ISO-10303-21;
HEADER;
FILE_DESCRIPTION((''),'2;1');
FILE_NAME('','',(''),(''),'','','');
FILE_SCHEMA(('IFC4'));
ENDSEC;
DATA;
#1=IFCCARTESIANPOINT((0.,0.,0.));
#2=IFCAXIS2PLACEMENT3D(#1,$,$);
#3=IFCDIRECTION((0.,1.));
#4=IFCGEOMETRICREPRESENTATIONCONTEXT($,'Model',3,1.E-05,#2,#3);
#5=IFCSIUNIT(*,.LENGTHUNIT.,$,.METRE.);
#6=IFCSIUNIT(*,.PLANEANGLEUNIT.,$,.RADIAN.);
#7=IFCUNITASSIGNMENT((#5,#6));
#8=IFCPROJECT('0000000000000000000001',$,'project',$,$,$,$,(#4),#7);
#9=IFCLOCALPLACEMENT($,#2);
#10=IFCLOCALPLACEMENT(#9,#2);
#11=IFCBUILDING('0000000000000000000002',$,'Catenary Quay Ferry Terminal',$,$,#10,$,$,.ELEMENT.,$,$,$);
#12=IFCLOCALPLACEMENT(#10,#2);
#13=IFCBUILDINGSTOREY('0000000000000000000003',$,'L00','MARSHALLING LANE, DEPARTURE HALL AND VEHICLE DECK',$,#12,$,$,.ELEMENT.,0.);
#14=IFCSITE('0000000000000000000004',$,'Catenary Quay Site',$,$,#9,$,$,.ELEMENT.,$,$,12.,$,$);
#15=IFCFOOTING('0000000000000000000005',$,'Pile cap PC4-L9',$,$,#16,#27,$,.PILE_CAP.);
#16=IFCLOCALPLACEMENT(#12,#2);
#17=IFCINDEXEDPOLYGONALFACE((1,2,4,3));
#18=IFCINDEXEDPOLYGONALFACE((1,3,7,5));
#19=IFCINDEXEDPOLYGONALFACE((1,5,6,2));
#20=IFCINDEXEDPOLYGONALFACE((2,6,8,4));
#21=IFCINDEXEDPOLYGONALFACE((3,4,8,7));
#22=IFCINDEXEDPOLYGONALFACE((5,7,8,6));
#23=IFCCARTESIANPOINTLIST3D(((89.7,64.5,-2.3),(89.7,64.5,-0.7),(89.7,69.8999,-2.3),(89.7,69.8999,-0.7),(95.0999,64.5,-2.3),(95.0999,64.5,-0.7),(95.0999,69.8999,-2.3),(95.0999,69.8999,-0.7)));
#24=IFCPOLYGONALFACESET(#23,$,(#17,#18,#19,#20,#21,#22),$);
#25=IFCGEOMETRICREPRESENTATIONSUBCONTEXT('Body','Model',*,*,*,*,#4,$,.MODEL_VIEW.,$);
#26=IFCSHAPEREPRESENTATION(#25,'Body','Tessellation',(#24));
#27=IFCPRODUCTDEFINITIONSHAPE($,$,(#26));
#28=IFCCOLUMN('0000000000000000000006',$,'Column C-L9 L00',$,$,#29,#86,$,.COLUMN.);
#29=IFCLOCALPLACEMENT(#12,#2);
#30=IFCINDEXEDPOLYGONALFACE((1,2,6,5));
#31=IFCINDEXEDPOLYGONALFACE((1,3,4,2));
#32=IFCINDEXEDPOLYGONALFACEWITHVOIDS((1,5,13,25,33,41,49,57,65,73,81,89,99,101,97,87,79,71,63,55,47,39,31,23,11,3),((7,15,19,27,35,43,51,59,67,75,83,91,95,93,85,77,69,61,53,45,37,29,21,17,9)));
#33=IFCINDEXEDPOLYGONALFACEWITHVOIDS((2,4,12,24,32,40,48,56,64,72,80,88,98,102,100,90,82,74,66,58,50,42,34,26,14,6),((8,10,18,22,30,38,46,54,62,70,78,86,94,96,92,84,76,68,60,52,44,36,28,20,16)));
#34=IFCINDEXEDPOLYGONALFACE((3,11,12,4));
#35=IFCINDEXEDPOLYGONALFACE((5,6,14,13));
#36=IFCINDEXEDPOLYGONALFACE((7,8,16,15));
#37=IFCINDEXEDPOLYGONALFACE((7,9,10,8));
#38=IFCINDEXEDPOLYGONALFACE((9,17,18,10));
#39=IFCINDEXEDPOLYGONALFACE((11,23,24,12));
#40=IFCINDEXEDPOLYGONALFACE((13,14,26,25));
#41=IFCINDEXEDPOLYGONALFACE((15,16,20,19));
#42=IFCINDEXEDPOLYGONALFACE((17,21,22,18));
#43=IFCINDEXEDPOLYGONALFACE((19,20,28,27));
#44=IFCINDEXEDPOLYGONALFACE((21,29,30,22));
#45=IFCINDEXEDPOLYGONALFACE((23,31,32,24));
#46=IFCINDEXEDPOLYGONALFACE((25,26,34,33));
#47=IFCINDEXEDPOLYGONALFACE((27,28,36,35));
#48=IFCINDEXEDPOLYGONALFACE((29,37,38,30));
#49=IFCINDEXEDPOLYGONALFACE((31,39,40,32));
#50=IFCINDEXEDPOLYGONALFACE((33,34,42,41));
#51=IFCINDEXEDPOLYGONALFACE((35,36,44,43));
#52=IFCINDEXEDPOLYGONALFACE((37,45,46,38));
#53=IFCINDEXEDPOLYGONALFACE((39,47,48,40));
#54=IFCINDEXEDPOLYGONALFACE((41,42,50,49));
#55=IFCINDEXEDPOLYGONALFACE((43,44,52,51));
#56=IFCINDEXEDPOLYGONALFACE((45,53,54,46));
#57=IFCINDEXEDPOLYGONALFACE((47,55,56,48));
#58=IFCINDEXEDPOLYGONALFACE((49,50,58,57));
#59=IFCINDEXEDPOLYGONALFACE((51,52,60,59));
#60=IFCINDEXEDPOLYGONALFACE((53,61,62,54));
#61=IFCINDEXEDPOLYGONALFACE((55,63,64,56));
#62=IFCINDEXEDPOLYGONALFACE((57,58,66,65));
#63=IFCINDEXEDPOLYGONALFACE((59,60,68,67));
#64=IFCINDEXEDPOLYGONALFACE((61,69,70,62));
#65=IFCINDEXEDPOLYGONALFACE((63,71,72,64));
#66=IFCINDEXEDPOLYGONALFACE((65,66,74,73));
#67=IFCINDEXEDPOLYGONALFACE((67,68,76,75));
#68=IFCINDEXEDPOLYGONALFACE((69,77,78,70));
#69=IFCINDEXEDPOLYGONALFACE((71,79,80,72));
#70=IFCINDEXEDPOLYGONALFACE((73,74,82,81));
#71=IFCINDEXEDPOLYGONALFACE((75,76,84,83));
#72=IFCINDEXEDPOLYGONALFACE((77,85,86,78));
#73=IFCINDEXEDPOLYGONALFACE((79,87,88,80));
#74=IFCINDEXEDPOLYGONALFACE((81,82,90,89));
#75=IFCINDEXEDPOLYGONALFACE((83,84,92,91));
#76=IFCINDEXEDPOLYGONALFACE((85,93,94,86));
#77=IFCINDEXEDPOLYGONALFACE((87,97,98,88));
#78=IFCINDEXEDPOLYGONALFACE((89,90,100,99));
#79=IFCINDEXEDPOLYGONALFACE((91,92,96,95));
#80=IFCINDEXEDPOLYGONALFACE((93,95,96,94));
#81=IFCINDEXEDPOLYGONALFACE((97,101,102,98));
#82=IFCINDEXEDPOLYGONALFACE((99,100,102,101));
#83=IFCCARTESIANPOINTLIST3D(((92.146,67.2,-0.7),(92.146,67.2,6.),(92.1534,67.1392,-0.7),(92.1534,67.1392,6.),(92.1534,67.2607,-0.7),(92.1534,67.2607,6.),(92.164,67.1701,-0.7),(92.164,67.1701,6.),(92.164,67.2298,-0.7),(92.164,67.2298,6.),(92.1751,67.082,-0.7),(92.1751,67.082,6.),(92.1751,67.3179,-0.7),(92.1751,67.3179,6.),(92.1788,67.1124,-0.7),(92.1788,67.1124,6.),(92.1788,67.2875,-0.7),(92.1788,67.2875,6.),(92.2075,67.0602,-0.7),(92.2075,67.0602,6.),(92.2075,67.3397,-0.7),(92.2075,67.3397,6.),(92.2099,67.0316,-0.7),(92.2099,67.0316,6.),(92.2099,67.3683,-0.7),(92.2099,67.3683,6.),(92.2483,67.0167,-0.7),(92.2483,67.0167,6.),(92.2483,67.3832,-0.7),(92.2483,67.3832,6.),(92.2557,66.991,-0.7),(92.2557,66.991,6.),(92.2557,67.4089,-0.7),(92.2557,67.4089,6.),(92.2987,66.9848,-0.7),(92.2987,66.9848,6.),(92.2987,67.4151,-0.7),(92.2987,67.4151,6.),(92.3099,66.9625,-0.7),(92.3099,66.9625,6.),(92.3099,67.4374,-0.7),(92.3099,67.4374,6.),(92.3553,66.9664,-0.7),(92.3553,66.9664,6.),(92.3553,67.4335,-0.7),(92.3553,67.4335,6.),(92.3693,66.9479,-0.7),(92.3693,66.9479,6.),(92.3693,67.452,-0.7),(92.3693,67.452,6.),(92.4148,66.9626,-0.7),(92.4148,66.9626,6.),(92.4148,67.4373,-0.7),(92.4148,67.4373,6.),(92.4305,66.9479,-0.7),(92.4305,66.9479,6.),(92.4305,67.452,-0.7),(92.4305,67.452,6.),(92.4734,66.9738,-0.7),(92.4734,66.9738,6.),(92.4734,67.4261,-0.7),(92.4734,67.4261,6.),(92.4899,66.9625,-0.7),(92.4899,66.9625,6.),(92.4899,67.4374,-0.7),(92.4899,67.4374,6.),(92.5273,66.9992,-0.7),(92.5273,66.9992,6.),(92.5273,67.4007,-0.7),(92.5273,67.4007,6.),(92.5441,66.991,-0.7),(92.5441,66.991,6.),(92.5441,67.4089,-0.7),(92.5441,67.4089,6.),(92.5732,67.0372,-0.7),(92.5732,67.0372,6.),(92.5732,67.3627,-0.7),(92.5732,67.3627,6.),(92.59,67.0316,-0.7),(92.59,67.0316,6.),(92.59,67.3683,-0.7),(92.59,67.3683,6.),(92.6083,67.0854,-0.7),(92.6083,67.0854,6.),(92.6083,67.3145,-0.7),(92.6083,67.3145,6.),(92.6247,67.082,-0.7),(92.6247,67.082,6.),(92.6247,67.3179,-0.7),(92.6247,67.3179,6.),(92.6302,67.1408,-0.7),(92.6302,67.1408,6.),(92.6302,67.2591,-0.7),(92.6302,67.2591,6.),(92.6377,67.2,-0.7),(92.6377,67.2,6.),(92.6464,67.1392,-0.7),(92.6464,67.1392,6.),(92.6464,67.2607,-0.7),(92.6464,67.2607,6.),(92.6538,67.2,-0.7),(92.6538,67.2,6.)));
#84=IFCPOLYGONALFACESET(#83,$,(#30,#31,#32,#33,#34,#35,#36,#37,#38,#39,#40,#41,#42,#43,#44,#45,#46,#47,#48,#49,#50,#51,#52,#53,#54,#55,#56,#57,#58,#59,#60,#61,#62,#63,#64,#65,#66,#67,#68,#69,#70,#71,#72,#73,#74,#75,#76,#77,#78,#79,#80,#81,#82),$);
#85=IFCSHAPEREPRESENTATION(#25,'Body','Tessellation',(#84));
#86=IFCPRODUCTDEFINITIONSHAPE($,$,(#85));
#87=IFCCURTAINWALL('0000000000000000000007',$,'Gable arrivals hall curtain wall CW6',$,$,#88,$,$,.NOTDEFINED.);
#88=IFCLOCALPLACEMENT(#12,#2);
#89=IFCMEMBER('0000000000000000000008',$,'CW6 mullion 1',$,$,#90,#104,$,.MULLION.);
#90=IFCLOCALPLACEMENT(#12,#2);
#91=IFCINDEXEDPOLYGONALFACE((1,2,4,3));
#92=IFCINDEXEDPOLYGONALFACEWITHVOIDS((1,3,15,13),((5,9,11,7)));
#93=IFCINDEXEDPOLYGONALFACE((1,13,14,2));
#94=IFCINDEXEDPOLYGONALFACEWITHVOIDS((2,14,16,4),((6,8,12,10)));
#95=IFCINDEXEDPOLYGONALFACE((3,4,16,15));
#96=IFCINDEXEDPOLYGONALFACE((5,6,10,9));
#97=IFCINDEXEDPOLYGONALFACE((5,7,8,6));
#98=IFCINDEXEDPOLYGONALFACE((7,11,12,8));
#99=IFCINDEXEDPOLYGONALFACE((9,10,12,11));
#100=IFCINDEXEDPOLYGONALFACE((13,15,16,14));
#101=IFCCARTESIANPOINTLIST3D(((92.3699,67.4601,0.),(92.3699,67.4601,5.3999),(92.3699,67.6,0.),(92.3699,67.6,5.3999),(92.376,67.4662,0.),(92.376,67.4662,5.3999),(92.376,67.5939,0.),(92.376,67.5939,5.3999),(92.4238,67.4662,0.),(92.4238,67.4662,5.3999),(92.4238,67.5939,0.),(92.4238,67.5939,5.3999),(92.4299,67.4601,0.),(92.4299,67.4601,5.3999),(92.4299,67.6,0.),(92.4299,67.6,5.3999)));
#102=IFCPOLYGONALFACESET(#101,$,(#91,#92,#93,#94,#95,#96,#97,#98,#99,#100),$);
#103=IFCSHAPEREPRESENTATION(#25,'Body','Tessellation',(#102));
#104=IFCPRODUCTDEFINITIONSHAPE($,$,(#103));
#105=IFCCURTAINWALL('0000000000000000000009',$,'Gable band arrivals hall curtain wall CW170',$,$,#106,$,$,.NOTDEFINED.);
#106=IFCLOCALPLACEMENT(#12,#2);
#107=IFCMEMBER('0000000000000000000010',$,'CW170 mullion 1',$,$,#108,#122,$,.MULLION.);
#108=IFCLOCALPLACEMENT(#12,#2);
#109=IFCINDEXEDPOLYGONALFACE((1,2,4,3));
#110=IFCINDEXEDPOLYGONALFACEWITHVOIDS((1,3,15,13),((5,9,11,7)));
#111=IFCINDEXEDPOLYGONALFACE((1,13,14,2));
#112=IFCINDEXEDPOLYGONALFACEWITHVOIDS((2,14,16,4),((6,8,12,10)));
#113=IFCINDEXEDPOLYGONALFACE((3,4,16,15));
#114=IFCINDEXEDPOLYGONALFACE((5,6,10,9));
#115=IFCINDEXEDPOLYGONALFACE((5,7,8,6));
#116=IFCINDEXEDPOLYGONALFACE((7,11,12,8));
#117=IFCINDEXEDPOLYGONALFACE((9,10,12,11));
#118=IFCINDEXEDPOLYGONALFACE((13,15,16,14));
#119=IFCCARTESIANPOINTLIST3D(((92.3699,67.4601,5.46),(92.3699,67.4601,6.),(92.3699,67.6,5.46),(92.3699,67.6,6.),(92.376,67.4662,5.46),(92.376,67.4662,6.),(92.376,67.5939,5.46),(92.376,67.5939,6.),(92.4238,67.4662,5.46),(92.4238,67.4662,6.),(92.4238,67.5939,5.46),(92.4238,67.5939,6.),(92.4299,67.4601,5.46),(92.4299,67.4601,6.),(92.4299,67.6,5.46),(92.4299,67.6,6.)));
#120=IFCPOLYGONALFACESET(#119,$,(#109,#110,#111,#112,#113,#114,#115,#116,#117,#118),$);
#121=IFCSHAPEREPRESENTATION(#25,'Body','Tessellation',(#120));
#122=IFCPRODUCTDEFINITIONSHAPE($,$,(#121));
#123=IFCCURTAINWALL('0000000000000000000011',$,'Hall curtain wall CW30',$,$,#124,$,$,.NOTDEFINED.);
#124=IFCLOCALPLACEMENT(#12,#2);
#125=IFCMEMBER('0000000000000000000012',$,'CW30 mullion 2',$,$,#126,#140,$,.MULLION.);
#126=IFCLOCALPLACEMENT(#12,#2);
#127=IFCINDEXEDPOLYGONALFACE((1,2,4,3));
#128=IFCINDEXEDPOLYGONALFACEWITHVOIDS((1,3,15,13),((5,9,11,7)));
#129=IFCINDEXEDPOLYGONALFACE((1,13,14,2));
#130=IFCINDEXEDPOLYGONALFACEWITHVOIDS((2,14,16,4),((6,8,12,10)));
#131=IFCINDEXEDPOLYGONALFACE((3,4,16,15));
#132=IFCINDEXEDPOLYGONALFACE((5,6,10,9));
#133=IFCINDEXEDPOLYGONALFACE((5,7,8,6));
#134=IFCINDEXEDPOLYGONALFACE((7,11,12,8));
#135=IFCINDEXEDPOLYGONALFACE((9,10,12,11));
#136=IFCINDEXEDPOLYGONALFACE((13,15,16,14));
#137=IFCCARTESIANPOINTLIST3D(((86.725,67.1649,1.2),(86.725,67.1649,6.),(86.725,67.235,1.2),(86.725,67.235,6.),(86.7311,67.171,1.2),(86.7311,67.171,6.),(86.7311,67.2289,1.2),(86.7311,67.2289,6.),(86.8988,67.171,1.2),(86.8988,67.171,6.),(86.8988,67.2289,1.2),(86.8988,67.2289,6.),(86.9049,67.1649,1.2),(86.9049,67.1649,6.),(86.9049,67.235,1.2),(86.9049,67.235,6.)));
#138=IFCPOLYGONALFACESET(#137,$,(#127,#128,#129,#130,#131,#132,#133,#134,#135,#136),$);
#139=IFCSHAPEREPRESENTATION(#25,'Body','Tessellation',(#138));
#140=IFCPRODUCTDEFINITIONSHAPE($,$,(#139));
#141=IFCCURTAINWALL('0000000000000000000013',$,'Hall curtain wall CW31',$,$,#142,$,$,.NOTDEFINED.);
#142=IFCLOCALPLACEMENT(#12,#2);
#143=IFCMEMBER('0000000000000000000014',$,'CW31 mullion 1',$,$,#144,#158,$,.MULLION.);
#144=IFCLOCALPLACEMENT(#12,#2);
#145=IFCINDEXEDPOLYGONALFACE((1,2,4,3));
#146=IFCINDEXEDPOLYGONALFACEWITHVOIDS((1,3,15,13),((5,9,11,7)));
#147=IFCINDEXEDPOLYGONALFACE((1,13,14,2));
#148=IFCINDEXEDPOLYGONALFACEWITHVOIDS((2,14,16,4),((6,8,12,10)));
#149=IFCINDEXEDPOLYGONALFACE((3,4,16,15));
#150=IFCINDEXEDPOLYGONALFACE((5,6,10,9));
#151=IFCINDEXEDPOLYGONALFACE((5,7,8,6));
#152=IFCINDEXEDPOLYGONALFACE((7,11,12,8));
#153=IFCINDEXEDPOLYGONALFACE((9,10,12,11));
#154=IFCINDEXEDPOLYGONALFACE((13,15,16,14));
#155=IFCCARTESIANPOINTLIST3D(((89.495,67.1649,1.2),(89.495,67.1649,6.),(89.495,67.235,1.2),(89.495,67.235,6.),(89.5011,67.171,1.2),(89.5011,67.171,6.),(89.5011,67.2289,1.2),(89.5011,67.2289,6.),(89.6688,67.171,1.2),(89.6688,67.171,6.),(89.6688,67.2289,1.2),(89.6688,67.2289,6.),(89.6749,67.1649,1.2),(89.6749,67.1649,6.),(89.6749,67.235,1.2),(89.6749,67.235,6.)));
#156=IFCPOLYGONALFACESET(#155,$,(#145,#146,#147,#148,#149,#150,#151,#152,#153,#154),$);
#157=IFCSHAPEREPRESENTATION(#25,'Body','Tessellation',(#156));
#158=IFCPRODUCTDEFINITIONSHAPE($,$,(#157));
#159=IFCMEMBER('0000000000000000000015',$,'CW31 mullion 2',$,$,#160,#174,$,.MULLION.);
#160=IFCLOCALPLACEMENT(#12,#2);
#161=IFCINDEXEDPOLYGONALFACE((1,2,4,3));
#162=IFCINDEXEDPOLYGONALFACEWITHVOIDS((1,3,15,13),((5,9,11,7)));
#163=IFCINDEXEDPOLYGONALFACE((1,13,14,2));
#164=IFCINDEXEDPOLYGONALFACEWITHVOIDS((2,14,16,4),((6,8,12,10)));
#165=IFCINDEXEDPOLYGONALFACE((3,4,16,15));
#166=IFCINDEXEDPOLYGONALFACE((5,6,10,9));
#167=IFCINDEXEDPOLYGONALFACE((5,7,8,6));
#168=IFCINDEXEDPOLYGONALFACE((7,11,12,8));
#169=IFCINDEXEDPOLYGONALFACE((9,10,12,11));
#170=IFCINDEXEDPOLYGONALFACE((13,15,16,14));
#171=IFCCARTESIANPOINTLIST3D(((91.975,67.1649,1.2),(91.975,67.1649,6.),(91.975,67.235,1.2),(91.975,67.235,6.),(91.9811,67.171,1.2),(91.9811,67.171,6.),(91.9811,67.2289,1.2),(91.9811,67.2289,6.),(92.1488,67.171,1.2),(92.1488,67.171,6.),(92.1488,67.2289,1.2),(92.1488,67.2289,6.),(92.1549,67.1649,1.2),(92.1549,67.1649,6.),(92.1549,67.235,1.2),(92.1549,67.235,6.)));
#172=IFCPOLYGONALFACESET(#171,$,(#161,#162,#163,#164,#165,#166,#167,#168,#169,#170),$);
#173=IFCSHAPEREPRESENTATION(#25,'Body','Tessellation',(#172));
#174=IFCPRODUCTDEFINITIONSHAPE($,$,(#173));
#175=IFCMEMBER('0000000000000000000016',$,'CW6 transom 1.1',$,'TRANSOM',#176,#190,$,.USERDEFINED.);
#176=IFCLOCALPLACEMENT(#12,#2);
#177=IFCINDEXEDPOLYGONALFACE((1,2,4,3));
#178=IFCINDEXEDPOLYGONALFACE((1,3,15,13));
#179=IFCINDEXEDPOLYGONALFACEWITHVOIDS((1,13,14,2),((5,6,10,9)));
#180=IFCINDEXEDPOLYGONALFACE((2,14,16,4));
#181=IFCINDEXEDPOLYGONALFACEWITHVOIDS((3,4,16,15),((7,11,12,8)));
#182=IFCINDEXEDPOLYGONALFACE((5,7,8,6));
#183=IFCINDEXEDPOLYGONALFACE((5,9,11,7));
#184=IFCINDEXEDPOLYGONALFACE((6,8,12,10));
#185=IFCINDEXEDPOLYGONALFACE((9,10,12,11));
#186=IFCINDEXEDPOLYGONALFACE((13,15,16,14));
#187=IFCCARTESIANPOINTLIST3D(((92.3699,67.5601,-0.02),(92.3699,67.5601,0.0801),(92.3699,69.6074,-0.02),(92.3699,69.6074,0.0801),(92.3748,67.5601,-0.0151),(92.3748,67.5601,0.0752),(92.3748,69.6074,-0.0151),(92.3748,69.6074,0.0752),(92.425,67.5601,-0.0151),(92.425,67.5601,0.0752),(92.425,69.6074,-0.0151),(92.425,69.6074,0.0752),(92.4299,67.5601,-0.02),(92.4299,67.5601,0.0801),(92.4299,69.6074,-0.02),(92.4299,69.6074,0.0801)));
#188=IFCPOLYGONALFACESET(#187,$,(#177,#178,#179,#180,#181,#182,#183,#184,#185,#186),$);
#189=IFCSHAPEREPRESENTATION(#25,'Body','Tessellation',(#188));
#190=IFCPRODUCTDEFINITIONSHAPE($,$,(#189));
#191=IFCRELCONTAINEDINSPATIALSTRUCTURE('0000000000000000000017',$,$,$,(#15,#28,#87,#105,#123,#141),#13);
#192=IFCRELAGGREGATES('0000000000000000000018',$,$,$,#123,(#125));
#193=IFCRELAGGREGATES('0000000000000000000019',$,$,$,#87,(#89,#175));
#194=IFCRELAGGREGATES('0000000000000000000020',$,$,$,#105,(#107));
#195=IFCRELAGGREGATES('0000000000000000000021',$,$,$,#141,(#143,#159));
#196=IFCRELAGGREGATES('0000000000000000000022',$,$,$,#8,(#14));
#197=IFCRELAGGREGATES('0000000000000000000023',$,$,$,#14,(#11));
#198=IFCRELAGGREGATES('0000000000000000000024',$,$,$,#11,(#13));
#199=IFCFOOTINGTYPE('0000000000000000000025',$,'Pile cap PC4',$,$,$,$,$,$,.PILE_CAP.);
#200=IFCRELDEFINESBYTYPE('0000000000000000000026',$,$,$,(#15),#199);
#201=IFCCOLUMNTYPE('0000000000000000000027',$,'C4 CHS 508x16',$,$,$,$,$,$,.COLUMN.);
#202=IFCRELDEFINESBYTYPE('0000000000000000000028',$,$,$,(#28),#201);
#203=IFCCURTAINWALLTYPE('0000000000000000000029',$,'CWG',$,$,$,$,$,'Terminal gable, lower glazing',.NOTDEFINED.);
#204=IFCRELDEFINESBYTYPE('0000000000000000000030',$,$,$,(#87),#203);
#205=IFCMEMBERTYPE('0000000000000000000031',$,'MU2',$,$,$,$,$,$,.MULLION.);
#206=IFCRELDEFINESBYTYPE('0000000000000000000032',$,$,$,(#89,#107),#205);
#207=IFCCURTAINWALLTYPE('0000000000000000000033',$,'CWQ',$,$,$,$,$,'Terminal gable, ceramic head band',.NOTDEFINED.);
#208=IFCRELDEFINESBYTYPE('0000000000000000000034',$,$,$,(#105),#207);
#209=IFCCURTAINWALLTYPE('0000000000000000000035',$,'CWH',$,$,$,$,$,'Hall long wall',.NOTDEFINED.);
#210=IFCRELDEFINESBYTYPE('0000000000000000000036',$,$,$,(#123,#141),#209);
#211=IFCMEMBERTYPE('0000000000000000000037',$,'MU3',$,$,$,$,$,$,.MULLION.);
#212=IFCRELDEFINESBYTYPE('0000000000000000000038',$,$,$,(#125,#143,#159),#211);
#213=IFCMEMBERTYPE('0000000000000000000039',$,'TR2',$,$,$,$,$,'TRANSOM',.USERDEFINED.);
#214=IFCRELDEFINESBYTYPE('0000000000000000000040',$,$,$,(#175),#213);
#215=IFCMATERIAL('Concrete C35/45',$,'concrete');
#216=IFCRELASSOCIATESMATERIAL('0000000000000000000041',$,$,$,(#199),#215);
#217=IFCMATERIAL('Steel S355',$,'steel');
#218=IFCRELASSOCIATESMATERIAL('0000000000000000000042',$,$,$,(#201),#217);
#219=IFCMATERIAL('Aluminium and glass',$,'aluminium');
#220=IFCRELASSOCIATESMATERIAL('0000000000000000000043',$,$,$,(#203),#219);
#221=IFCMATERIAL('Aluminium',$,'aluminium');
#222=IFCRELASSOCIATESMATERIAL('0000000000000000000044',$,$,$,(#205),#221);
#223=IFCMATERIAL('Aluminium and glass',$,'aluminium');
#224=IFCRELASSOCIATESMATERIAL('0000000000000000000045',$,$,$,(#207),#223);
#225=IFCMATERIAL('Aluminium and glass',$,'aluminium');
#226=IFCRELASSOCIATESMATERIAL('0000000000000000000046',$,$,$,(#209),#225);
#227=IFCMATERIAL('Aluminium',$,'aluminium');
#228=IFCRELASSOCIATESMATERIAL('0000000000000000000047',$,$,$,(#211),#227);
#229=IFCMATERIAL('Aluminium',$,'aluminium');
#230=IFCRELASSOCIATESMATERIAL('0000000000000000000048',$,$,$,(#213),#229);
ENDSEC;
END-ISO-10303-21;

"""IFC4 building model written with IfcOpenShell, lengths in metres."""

from ifc_helpers import new_model, si_unit, direction, frame, origin, origin_2d, place, context, subcontext, project, spatial, rectangle, hollow_rectangle, hollow_circle, extrude, material, material_profile, profile_set, type_object, element, aggregate, save


model = new_model("IFC4")

# Units and contexts
model_context = context("Model", 3, precision=1e-05, world=origin(), true_north=direction((0.0, 1.0)))
body_context = subcontext(model_context, "Body", "Model", "MODEL_VIEW")
ifc_project = project(units=[si_unit("LENGTHUNIT", "METRE"), si_unit("PLANEANGLEUNIT", "RADIAN")], contexts=[model_context])

# Site, building, storey
site_placement = place(None, origin())
site = spatial("IfcSite", under=ifc_project, at=site_placement, Name="Catenary Quay Site", CompositionType="ELEMENT", RefElevation=12.0)
building_placement = place(site_placement, origin())
building = spatial("IfcBuilding", under=site, at=building_placement, Name="Catenary Quay Ferry Terminal", CompositionType="ELEMENT")
storey_placement = place(building_placement, origin())
storey = spatial("IfcBuildingStorey", under=building, at=storey_placement, Name="L00", Description="MARSHALLING LANE, DEPARTURE HALL AND VEHICLE DECK", CompositionType="ELEMENT", Elevation=0.0)

# Footing
ifc_material_1 = material(Name="Concrete C35/45", Category="concrete")
footing_type = type_object("IfcFootingType", Name="Pile cap PC4", PredefinedType="PILE_CAP", material=ifc_material_1)
footing_placement = place(storey_placement, frame((92.3999, 67.2, -2.3), z_axis=(0.0, 0.0, 1.0), x_axis=(1.0, 0.0, 0.0)))
element("IfcFooting", 1, at=footing_placement, inside=storey, type_object=footing_type, Name="Pile cap PC4-L9", PredefinedType="PILE_CAP", context=body_context, shape_type="SweptSolid", body=[
    extrude(rectangle(XDim=5.3999, YDim=5.3999, at=origin_2d()), origin(), (0.0, 0.0, 1.0), 1.6001),
])

# Column
ifc_material_2 = material(Name="Steel S355", Category="steel")
ifc_material_profile_1 = material_profile(ifc_material_2, hollow_circle(Radius=0.2539, WallThickness=0.0161, at=origin_2d()), Name="CHS 508x16")
ifc_profile_set_1 = profile_set([ifc_material_profile_1], Name="Steel S355")
column_type = type_object("IfcColumnType", Name="C4 CHS 508x16", PredefinedType="COLUMN", material=ifc_profile_set_1)
column_placement = place(storey_placement, frame((92.3999, 67.2, -0.7), z_axis=(0.0, 0.0, 1.0), x_axis=(1.0, 0.0, 0.0)))
element("IfcColumn", 2, at=column_placement, inside=storey, type_object=column_type, Name="Column C-L9 L00", PredefinedType="COLUMN", context=body_context, shape_type="SweptSolid", body=[
    extrude(hollow_circle(Radius=0.2539, WallThickness=0.0161, at=origin_2d()), origin(), (0.0, 0.0, 1.0), 6.7),
])

# Curtain walls, members
ifc_material_3 = material(Name="Aluminium and glass", Category="aluminium")
curtain_wall_type_1 = type_object("IfcCurtainWallType", Name="CWG", ElementType="Terminal gable, lower glazing", PredefinedType="NOTDEFINED", material=ifc_material_3)
curtain_wall_1_placement = place(storey_placement, origin())
curtain_wall_1 = element("IfcCurtainWall", 3, at=curtain_wall_1_placement, inside=storey, type_object=curtain_wall_type_1, Name="Gable arrivals hall curtain wall CW6", PredefinedType="NOTDEFINED")
ifc_material_4 = material(Name="Aluminium", Category="aluminium")
ifc_material_profile_2 = material_profile(ifc_material_4, hollow_rectangle(XDim=0.0601, YDim=0.1399, WallThickness=0.0061, at=origin_2d()), Name="MU2")
ifc_profile_set_2 = profile_set([ifc_material_profile_2], Name="Aluminium")
member_type_1 = type_object("IfcMemberType", Name="MU2", PredefinedType="MULLION", material=ifc_profile_set_2)
member_1_placement = place(storey_placement, frame((92.3999, 67.53, 0.0), z_axis=(0.0, 0.0, 1.0), x_axis=(-1.0, 0.0, 0.0)))
member_1 = element("IfcMember", 4, at=member_1_placement, type_object=member_type_1, Name="CW6 mullion 1", PredefinedType="MULLION", context=body_context, shape_type="SweptSolid", body=[
    extrude(hollow_rectangle(XDim=0.0601, YDim=0.1399, WallThickness=0.0061, at=origin_2d()), origin(), (0.0, 0.0, 1.0), 5.3999),
])
ifc_material_5 = material(Name="Aluminium and glass", Category="aluminium")
curtain_wall_type_2 = type_object("IfcCurtainWallType", Name="CWQ", ElementType="Terminal gable, ceramic head band", PredefinedType="NOTDEFINED", material=ifc_material_5)
curtain_wall_2_placement = place(storey_placement, origin())
curtain_wall_2 = element("IfcCurtainWall", 5, at=curtain_wall_2_placement, inside=storey, type_object=curtain_wall_type_2, Name="Gable band arrivals hall curtain wall CW170", PredefinedType="NOTDEFINED")
member_2_placement = place(storey_placement, frame((92.3999, 67.53, 5.46), z_axis=(0.0, 0.0, 1.0), x_axis=(-1.0, 0.0, 0.0)))
member_2 = element("IfcMember", 6, at=member_2_placement, type_object=member_type_1, Name="CW170 mullion 1", PredefinedType="MULLION", context=body_context, shape_type="SweptSolid", body=[
    extrude(hollow_rectangle(XDim=0.0601, YDim=0.1399, WallThickness=0.0061, at=origin_2d()), origin(), (0.0, 0.0, 1.0), 0.54),
])
ifc_material_6 = material(Name="Aluminium and glass", Category="aluminium")
curtain_wall_type_3 = type_object("IfcCurtainWallType", Name="CWH", ElementType="Hall long wall", PredefinedType="NOTDEFINED", material=ifc_material_6)
curtain_wall_3_placement = place(storey_placement, origin())
curtain_wall_3 = element("IfcCurtainWall", 7, at=curtain_wall_3_placement, inside=storey, type_object=curtain_wall_type_3, Name="Hall curtain wall CW30", PredefinedType="NOTDEFINED")
ifc_material_7 = material(Name="Aluminium", Category="aluminium")
ifc_material_profile_3 = material_profile(ifc_material_7, hollow_rectangle(XDim=0.0701, YDim=0.1799, WallThickness=0.0061, at=origin_2d()), Name="MU3")
ifc_profile_set_3 = profile_set([ifc_material_profile_3], Name="Aluminium")
member_type_2 = type_object("IfcMemberType", Name="MU3", PredefinedType="MULLION", material=ifc_profile_set_3)
member_3_placement = place(storey_placement, frame((86.8149, 67.2, 1.2), z_axis=(0.0, 0.0, 1.0), x_axis=(0.0, 1.0, 0.0)))
member_3 = element("IfcMember", 8, at=member_3_placement, type_object=member_type_2, Name="CW30 mullion 2", PredefinedType="MULLION", context=body_context, shape_type="SweptSolid", body=[
    extrude(hollow_rectangle(XDim=0.0701, YDim=0.1799, WallThickness=0.0061, at=origin_2d()), origin(), (0.0, 0.0, 1.0), 4.8),
])
aggregate(curtain_wall_3, [member_3])

# Curtain wall, members
curtain_wall_4_placement = place(storey_placement, origin())
curtain_wall_4 = element("IfcCurtainWall", 9, at=curtain_wall_4_placement, inside=storey, type_object=curtain_wall_type_3, Name="Hall curtain wall CW31", PredefinedType="NOTDEFINED")
member_4_placement = place(storey_placement, frame((89.585, 67.2, 1.2), z_axis=(0.0, 0.0, 1.0), x_axis=(0.0, 1.0, 0.0)))
member_4 = element("IfcMember", 10, at=member_4_placement, type_object=member_type_2, Name="CW31 mullion 1", PredefinedType="MULLION", context=body_context, shape_type="SweptSolid", body=[
    extrude(hollow_rectangle(XDim=0.0701, YDim=0.1799, WallThickness=0.0061, at=origin_2d()), origin(), (0.0, 0.0, 1.0), 4.8),
])
member_5_placement = place(storey_placement, frame((92.0649, 67.2, 1.2), z_axis=(0.0, 0.0, 1.0), x_axis=(0.0, 1.0, 0.0)))
member_5 = element("IfcMember", 11, at=member_5_placement, type_object=member_type_2, Name="CW31 mullion 2", PredefinedType="MULLION", context=body_context, shape_type="SweptSolid", body=[
    extrude(hollow_rectangle(XDim=0.0701, YDim=0.1799, WallThickness=0.0061, at=origin_2d()), origin(), (0.0, 0.0, 1.0), 4.8),
])

# Member
ifc_material_8 = material(Name="Aluminium", Category="aluminium")
ifc_material_profile_4 = material_profile(ifc_material_8, hollow_rectangle(XDim=0.0601, YDim=0.1001, WallThickness=0.0049, at=origin_2d()), Name="TR2")
ifc_profile_set_4 = profile_set([ifc_material_profile_4], Name="Aluminium")
member_type_3 = type_object("IfcMemberType", Name="TR2", ElementType="TRANSOM", PredefinedType="USERDEFINED", material=ifc_profile_set_4)
member_6_placement = place(storey_placement, frame((92.3999, 67.5601, 0.03), z_axis=(0.0, 1.0, 0.0), x_axis=(-1.0, 0.0, 0.0)))
member_6 = element("IfcMember", 12, at=member_6_placement, type_object=member_type_3, Name="CW6 transom 1.1", ObjectType="TRANSOM", PredefinedType="USERDEFINED", context=body_context, shape_type="SweptSolid", body=[
    extrude(hollow_rectangle(XDim=0.0601, YDim=0.1001, WallThickness=0.0049, at=origin_2d()), origin(), (0.0, 0.0, 1.0), 2.0474),
])
aggregate(curtain_wall_1, [member_1, member_6])
aggregate(curtain_wall_2, [member_2])

aggregate(curtain_wall_4, [member_4, member_5])

save(model, "model.ifc")
